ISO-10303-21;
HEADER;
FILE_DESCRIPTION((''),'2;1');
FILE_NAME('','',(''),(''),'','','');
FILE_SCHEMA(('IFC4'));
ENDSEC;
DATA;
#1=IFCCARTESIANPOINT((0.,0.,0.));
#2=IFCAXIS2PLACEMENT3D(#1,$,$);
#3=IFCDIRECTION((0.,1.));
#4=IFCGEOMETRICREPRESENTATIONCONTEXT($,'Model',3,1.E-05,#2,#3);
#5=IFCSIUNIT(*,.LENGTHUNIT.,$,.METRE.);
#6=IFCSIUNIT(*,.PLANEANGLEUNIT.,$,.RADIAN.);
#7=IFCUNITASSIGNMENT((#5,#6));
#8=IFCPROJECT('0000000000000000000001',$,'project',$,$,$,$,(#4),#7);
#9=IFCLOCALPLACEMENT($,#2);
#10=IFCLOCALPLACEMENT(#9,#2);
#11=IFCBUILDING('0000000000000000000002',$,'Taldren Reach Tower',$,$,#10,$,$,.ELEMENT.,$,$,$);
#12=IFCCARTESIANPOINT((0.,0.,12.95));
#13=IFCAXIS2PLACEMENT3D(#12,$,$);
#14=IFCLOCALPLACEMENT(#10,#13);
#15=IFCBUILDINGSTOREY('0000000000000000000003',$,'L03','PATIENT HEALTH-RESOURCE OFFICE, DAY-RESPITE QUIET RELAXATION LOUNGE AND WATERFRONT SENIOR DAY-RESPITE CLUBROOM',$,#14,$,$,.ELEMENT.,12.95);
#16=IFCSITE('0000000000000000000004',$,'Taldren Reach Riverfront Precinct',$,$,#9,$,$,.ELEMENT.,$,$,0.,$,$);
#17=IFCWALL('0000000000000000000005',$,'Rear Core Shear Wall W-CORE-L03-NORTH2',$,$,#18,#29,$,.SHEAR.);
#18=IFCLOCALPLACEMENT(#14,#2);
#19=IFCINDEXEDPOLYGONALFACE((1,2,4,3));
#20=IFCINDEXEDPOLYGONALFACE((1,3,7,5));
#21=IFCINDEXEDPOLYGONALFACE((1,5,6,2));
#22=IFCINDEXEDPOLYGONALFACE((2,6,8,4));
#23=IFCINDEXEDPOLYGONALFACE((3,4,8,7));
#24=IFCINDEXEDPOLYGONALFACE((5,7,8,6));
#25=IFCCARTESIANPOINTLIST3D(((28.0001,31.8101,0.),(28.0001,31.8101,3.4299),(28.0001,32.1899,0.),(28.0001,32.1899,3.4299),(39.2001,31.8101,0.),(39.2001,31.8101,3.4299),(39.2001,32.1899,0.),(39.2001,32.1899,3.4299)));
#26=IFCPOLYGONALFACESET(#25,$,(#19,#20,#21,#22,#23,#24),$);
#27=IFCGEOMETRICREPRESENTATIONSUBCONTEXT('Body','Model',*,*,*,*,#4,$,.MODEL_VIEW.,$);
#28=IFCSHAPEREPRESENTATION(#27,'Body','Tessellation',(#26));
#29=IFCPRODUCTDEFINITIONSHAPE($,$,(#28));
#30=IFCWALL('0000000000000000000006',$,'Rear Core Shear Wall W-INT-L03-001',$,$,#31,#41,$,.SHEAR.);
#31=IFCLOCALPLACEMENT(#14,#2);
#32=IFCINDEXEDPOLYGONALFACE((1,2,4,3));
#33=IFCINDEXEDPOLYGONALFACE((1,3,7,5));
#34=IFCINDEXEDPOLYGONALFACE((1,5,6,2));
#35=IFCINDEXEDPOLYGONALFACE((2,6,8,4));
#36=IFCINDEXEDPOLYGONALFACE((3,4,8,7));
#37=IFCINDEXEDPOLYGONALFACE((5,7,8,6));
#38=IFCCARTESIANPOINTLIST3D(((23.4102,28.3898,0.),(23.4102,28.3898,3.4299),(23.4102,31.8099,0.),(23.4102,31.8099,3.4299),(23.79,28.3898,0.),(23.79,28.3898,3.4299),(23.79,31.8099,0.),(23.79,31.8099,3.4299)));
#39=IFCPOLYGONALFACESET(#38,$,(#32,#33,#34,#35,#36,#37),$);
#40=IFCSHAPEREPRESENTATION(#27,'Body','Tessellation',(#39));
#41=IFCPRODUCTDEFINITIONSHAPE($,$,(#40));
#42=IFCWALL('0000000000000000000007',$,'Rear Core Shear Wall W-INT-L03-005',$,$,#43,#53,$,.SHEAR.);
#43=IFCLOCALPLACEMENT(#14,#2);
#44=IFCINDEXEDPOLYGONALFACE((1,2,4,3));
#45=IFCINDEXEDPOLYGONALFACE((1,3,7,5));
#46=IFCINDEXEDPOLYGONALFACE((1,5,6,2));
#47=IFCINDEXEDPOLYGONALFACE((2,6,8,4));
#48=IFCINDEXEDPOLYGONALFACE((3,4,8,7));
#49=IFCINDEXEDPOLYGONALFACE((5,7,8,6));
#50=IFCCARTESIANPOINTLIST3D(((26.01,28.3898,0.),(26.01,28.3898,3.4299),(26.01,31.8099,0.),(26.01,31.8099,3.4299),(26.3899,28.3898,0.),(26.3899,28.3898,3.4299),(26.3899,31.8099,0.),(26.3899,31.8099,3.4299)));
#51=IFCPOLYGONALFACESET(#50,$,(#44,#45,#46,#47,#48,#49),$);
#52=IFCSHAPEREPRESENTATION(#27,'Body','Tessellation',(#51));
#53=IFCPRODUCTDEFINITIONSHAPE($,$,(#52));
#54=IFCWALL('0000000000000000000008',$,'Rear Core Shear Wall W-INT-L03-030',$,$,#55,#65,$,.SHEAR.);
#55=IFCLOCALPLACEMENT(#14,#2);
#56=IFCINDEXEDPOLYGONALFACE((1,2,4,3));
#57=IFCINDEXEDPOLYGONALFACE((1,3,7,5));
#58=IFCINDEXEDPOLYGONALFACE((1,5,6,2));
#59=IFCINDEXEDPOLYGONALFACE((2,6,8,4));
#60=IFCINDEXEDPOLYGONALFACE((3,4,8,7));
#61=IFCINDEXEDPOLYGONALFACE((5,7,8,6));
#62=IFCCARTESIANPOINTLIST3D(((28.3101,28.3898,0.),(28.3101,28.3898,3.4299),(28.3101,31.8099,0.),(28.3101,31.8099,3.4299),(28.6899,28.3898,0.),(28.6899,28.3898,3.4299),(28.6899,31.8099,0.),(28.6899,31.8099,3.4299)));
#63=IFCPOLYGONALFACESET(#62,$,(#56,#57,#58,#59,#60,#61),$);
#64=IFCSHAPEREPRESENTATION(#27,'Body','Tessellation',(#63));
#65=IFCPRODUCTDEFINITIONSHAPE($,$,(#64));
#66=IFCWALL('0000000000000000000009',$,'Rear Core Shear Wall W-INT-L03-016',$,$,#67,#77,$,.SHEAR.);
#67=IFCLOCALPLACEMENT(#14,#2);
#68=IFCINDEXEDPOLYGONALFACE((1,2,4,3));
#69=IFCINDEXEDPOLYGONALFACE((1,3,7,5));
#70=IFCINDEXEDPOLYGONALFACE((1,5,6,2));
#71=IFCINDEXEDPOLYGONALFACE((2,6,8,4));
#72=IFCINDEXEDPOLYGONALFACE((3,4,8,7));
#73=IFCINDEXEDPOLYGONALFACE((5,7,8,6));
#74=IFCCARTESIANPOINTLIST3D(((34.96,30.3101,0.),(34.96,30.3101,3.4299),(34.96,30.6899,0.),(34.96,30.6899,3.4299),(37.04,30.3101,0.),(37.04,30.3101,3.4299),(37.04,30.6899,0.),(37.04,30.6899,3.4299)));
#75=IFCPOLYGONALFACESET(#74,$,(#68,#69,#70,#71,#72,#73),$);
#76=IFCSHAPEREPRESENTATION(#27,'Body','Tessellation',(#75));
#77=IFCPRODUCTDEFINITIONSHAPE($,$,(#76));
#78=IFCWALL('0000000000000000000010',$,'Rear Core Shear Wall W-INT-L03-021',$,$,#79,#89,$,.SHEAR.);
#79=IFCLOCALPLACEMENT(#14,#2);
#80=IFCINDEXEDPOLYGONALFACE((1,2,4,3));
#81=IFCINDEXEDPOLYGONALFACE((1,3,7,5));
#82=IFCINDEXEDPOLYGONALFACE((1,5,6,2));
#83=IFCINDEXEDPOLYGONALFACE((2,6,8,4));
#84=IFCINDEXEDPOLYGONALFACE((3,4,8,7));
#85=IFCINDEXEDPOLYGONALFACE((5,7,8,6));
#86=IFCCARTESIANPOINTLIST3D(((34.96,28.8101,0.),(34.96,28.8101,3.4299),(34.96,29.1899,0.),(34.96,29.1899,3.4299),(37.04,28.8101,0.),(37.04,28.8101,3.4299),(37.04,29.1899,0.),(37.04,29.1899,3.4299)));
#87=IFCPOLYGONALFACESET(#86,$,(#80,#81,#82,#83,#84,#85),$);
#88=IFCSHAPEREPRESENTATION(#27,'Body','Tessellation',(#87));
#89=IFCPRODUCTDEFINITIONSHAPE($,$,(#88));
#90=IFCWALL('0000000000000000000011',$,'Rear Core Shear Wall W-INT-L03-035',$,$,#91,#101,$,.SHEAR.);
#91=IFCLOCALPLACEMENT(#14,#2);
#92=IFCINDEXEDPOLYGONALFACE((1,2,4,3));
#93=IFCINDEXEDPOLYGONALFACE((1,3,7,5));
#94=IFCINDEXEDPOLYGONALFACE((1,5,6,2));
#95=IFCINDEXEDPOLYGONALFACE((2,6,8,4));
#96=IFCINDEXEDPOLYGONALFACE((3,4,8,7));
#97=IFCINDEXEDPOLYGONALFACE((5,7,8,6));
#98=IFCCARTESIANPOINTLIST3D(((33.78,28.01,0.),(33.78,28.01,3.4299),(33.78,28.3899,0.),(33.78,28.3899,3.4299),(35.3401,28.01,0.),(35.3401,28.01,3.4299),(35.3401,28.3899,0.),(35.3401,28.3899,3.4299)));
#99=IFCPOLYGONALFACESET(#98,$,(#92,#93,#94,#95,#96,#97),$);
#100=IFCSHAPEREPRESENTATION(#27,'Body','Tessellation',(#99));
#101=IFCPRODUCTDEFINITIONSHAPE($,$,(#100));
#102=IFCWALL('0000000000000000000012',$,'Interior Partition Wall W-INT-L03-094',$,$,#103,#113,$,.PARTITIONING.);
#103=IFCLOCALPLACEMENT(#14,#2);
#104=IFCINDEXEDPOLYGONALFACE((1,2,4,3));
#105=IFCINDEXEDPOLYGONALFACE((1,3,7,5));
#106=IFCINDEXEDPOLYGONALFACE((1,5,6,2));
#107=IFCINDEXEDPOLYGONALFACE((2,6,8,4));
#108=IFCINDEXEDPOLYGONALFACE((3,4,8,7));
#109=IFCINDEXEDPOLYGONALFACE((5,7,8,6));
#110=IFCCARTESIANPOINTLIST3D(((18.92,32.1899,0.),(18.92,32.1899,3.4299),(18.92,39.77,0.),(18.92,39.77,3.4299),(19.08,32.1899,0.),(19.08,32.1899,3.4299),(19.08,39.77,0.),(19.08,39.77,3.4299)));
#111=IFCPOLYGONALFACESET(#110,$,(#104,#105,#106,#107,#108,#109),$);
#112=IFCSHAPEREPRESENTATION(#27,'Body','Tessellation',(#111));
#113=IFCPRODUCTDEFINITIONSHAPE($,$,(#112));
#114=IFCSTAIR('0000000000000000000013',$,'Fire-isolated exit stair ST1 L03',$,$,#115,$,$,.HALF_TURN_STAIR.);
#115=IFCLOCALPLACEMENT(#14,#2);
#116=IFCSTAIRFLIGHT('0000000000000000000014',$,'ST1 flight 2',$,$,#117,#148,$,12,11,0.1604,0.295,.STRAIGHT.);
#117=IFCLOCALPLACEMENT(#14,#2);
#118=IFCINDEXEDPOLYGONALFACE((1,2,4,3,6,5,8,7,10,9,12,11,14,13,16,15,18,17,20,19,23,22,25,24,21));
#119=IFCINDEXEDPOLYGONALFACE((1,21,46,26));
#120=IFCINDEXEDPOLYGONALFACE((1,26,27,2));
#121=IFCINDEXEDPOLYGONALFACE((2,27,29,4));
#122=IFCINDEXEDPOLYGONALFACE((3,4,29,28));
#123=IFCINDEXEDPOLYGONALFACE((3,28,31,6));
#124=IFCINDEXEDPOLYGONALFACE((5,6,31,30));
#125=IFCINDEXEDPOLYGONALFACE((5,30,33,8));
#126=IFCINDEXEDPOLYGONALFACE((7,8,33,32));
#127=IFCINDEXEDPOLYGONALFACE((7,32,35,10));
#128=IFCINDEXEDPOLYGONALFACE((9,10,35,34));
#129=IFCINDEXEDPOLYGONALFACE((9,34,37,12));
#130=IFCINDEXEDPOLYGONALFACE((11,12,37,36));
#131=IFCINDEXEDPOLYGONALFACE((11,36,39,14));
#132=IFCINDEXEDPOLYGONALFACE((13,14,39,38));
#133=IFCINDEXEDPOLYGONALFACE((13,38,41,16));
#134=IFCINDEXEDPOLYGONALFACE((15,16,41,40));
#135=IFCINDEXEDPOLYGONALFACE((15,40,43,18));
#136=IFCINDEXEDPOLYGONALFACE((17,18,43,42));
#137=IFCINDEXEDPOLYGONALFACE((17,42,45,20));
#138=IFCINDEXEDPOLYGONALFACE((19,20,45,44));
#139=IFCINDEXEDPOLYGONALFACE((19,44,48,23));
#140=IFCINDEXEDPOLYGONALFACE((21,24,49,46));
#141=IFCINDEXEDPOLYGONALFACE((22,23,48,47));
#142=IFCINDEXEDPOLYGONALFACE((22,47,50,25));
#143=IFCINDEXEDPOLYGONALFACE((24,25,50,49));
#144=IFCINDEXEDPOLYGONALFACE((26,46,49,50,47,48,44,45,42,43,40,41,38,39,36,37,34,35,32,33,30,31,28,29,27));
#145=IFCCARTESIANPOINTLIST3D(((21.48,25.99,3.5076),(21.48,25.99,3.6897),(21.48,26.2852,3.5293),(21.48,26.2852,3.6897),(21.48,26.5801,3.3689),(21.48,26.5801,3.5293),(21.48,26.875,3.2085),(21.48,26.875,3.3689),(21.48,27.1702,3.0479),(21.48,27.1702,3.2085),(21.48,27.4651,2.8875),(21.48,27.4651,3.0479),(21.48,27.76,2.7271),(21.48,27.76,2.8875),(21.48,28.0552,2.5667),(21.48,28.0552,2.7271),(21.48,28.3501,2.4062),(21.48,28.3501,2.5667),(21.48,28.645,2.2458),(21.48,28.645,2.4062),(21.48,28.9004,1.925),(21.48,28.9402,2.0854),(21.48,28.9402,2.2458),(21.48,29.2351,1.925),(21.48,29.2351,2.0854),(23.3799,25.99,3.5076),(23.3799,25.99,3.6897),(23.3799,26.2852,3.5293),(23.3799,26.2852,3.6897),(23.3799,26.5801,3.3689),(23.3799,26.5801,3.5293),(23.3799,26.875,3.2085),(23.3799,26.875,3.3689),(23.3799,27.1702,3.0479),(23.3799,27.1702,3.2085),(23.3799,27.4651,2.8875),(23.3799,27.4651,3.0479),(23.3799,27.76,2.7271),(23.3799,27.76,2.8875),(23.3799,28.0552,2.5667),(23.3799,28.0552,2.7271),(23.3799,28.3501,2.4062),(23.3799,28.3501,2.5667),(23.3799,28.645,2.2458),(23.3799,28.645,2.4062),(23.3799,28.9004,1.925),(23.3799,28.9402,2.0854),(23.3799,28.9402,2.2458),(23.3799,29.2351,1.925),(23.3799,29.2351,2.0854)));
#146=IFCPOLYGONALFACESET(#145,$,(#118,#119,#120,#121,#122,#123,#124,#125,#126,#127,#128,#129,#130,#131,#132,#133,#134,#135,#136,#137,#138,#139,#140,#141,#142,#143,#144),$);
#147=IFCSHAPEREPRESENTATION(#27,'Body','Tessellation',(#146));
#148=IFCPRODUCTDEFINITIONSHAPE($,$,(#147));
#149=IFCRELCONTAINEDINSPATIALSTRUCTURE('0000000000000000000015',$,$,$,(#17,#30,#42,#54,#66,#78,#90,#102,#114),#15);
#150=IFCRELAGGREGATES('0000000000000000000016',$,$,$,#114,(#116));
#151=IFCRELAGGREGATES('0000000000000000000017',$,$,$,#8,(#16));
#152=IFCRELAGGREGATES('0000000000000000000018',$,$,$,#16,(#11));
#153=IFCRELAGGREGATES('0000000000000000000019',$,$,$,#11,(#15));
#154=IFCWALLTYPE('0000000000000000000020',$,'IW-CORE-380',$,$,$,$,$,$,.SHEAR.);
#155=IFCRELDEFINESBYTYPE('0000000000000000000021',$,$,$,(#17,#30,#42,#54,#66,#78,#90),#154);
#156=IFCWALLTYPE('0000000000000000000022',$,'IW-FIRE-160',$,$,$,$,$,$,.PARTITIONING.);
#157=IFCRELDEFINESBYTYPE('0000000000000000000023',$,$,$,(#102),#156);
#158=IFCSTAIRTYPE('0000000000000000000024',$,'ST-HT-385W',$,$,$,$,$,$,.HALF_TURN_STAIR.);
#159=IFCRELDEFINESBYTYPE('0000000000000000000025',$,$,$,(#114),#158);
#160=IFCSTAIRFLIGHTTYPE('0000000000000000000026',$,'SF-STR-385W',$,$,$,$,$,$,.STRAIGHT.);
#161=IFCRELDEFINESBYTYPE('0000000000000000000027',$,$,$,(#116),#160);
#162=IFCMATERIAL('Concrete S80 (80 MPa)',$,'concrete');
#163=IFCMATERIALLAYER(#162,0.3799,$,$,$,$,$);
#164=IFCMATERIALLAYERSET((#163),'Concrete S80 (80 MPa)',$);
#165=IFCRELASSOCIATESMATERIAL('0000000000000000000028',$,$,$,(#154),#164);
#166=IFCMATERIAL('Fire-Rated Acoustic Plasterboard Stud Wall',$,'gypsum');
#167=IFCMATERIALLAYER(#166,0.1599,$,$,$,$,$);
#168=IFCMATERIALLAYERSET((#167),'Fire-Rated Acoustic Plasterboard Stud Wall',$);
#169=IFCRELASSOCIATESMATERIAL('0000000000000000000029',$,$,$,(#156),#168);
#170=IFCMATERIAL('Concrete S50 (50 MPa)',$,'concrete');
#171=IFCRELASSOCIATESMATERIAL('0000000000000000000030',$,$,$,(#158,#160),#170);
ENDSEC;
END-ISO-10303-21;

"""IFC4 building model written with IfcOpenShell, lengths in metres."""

from ifc_helpers import new_model, si_unit, direction, frame, frame_2d, origin, place, context, subcontext, project, spatial, polyline, rectangle, outline, extrude, source, transform, mapped, material, layer, layer_set, type_object, element, aggregate, save


model = new_model("IFC4")

# Units and contexts
model_context = context("Model", 3, precision=1e-05, world=origin(), true_north=direction((0.0, 1.0)))
body_context = subcontext(model_context, "Body", "Model", "MODEL_VIEW")
ifc_project = project(units=[si_unit("LENGTHUNIT", "METRE"), si_unit("PLANEANGLEUNIT", "RADIAN")], contexts=[model_context])

# Site, building, storey
site_placement = place(None, origin())
site = spatial("IfcSite", under=ifc_project, at=site_placement, Name="Taldren Reach Riverfront Precinct", CompositionType="ELEMENT", RefElevation=0.0)
building_placement = place(site_placement, origin())
building = spatial("IfcBuilding", under=site, at=building_placement, Name="Taldren Reach Tower", CompositionType="ELEMENT")
storey_placement = place(building_placement, frame((0.0, 0.0, 12.95)))
storey = spatial("IfcBuildingStorey", under=building, at=storey_placement, Name="L03", Description="PATIENT HEALTH-RESOURCE OFFICE, DAY-RESPITE QUIET RELAXATION LOUNGE AND WATERFRONT SENIOR DAY-RESPITE CLUBROOM", CompositionType="ELEMENT", Elevation=12.95)

# Walls
ifc_material_1 = material(Name="Concrete S80 (80 MPa)", Category="concrete")
ifc_layer_1 = layer(ifc_material_1, 0.3799)
ifc_layer_set_1 = layer_set([ifc_layer_1], Name="Concrete S80 (80 MPa)")
wall_type_1 = type_object("IfcWallType", Name="IW-CORE-380", PredefinedType="SHEAR", material=ifc_layer_set_1)
shared_shape_1 = source(origin(), body_context, "Body", "SweptSolid", [
    extrude(rectangle(XDim=11.2, YDim=0.3799, at=frame_2d((5.6001, 0.0))), origin(), (0.0, 0.0, 1.0), 3.4299),
])
wall_1_placement = place(storey_placement, frame((28.0, 32.0, 0.0), z_axis=(0.0, 0.0, 1.0), x_axis=(1.0, 0.0, 0.0)))
element("IfcWall", 1, at=wall_1_placement, inside=storey, type_object=wall_type_1, Name="Rear Core Shear Wall W-CORE-L03-NORTH2", PredefinedType="SHEAR", context=body_context, shape_type="MappedRepresentation", body=[
    mapped(shared_shape_1, transform((0.0, 0.0, 0.0), scale=1.0)),
])
shared_shape_2 = source(origin(), body_context, "Body", "SweptSolid", [
    extrude(rectangle(XDim=3.4202, YDim=0.3799, at=frame_2d((1.71, 0.0))), origin(), (0.0, 0.0, 1.0), 3.4299),
])
for number, where, z_axis, x_axis, name in (
    (2, (23.6001, 28.3899, 0.0), (0.0, 0.0, 1.0), (0.0, 1.0, 0.0), "Rear Core Shear Wall W-INT-L03-001"),
    (3, (26.2, 28.3899, 0.0), (0.0, 0.0, 1.0), (0.0, 1.0, 0.0), "Rear Core Shear Wall W-INT-L03-005"),
    (4, (28.5, 28.3899, 0.0), (0.0, 0.0, 1.0), (0.0, 1.0, 0.0), "Rear Core Shear Wall W-INT-L03-030"),
):
    element("IfcWall", number, at=place(storey_placement, frame(where, z_axis=z_axis, x_axis=x_axis)), inside=storey, type_object=wall_type_1, Name=name, PredefinedType="SHEAR", context=body_context, shape_type="MappedRepresentation", body=[
        mapped(shared_shape_2, transform((0.0, 0.0, 0.0), scale=1.0)),
    ])

# Walls
shared_shape_3 = source(origin(), body_context, "Body", "SweptSolid", [
    extrude(rectangle(XDim=2.0801, YDim=0.3799, at=frame_2d((1.04, 0.0))), origin(), (0.0, 0.0, 1.0), 3.4299),
])
for number, where, z_axis, x_axis, name in (
    (5, (34.96, 30.5, 0.0), (0.0, 0.0, 1.0), (1.0, 0.0, 0.0), "Rear Core Shear Wall W-INT-L03-016"),
    (6, (34.96, 29.0, 0.0), (0.0, 0.0, 1.0), (1.0, 0.0, 0.0), "Rear Core Shear Wall W-INT-L03-021"),
):
    element("IfcWall", number, at=place(storey_placement, frame(where, z_axis=z_axis, x_axis=x_axis)), inside=storey, type_object=wall_type_1, Name=name, PredefinedType="SHEAR", context=body_context, shape_type="MappedRepresentation", body=[
        mapped(shared_shape_3, transform((0.0, 0.0, 0.0), scale=1.0)),
    ])

# Walls
shared_shape_4 = source(origin(), body_context, "Body", "SweptSolid", [
    extrude(rectangle(XDim=1.5601, YDim=0.3799, at=frame_2d((0.78, 0.0))), origin(), (0.0, 0.0, 1.0), 3.4299),
])
wall_2_placement = place(storey_placement, frame((33.78, 28.2, 0.0), z_axis=(0.0, 0.0, 1.0), x_axis=(1.0, 0.0, 0.0)))
element("IfcWall", 7, at=wall_2_placement, inside=storey, type_object=wall_type_1, Name="Rear Core Shear Wall W-INT-L03-035", PredefinedType="SHEAR", context=body_context, shape_type="MappedRepresentation", body=[
    mapped(shared_shape_4, transform((0.0, 0.0, 0.0), scale=1.0)),
])
ifc_material_2 = material(Name="Fire-Rated Acoustic Plasterboard Stud Wall", Category="gypsum")
ifc_layer_2 = layer(ifc_material_2, 0.1599)
ifc_layer_set_2 = layer_set([ifc_layer_2], Name="Fire-Rated Acoustic Plasterboard Stud Wall")
wall_type_2 = type_object("IfcWallType", Name="IW-FIRE-160", PredefinedType="PARTITIONING", material=ifc_layer_set_2)
shared_shape_5 = source(origin(), body_context, "Body", "SweptSolid", [
    extrude(rectangle(XDim=7.5801, YDim=0.1599, at=frame_2d((3.79, 0.0))), origin(), (0.0, 0.0, 1.0), 3.4299),
])
wall_3_placement = place(storey_placement, frame((19.0, 39.77, 0.0), z_axis=(0.0, 0.0, 1.0), x_axis=(0.0, -1.0, 0.0)))
element("IfcWall", 8, at=wall_3_placement, inside=storey, type_object=wall_type_2, Name="Interior Partition Wall W-INT-L03-094", PredefinedType="PARTITIONING", context=body_context, shape_type="MappedRepresentation", body=[
    mapped(shared_shape_5, transform((0.0, 0.0, 0.0), scale=1.0)),
])

# Stair, stair flight
ifc_material_3 = material(Name="Concrete S50 (50 MPa)", Category="concrete")
stair_type = type_object("IfcStairType", Name="ST-HT-385W", PredefinedType="HALF_TURN_STAIR", material=ifc_material_3)
stair_placement = place(storey_placement, origin())
stair = element("IfcStair", 9, at=stair_placement, inside=storey, type_object=stair_type, Name="Fire-isolated exit stair ST1 L03", PredefinedType="HALF_TURN_STAIR")
stair_flight_type = type_object("IfcStairFlightType", Name="SF-STR-385W", PredefinedType="STRAIGHT", material=ifc_material_3)
stair_flight_placement = place(storey_placement, frame((22.4299, 29.2351, 1.925), z_axis=(0.0, 0.0, 1.0), x_axis=(0.0, -1.0, 0.0)))
stair_flight = element("IfcStairFlight", 10, at=stair_flight_placement, type_object=stair_flight_type, Name="ST1 flight 2", NumberOfRisers=12, NumberOfTreads=11, PredefinedType="STRAIGHT", RiserHeight=0.1604, TreadLength=0.295, context=body_context, shape_type="SweptSolid", body=[
    extrude(outline(polyline([(0.0, 0.0), (0.0, 0.1604), (0.2949, 0.1604), (0.2949, 0.3208), (0.5901, 0.3208), (0.5901, 0.4812), (0.885, 0.4812), (0.885, 0.6416), (1.1799, 0.6416), (1.1799, 0.802), (1.4751, 0.802), (1.4751, 0.9624), (1.77, 0.9624), (1.77, 1.1228), (2.0649, 1.1228), (2.0649, 1.2834), (2.3601, 1.2834), (2.3601, 1.4438), (2.655, 1.4438), (2.655, 1.6042), (2.95, 1.6042), (2.95, 1.7646), (3.2451, 1.7646), (3.2451, 1.925), (3.2451, 1.5825), (0.3347, 0.0), (0.0, 0.0)])), frame((0.0, 0.95, 0.0), z_axis=(0.0, -1.0, 0.0), x_axis=(1.0, 0.0, 0.0)), (0.0, 0.0, 1.0), 1.8999),
])
aggregate(stair, [stair_flight])

save(model, "model.ifc")
